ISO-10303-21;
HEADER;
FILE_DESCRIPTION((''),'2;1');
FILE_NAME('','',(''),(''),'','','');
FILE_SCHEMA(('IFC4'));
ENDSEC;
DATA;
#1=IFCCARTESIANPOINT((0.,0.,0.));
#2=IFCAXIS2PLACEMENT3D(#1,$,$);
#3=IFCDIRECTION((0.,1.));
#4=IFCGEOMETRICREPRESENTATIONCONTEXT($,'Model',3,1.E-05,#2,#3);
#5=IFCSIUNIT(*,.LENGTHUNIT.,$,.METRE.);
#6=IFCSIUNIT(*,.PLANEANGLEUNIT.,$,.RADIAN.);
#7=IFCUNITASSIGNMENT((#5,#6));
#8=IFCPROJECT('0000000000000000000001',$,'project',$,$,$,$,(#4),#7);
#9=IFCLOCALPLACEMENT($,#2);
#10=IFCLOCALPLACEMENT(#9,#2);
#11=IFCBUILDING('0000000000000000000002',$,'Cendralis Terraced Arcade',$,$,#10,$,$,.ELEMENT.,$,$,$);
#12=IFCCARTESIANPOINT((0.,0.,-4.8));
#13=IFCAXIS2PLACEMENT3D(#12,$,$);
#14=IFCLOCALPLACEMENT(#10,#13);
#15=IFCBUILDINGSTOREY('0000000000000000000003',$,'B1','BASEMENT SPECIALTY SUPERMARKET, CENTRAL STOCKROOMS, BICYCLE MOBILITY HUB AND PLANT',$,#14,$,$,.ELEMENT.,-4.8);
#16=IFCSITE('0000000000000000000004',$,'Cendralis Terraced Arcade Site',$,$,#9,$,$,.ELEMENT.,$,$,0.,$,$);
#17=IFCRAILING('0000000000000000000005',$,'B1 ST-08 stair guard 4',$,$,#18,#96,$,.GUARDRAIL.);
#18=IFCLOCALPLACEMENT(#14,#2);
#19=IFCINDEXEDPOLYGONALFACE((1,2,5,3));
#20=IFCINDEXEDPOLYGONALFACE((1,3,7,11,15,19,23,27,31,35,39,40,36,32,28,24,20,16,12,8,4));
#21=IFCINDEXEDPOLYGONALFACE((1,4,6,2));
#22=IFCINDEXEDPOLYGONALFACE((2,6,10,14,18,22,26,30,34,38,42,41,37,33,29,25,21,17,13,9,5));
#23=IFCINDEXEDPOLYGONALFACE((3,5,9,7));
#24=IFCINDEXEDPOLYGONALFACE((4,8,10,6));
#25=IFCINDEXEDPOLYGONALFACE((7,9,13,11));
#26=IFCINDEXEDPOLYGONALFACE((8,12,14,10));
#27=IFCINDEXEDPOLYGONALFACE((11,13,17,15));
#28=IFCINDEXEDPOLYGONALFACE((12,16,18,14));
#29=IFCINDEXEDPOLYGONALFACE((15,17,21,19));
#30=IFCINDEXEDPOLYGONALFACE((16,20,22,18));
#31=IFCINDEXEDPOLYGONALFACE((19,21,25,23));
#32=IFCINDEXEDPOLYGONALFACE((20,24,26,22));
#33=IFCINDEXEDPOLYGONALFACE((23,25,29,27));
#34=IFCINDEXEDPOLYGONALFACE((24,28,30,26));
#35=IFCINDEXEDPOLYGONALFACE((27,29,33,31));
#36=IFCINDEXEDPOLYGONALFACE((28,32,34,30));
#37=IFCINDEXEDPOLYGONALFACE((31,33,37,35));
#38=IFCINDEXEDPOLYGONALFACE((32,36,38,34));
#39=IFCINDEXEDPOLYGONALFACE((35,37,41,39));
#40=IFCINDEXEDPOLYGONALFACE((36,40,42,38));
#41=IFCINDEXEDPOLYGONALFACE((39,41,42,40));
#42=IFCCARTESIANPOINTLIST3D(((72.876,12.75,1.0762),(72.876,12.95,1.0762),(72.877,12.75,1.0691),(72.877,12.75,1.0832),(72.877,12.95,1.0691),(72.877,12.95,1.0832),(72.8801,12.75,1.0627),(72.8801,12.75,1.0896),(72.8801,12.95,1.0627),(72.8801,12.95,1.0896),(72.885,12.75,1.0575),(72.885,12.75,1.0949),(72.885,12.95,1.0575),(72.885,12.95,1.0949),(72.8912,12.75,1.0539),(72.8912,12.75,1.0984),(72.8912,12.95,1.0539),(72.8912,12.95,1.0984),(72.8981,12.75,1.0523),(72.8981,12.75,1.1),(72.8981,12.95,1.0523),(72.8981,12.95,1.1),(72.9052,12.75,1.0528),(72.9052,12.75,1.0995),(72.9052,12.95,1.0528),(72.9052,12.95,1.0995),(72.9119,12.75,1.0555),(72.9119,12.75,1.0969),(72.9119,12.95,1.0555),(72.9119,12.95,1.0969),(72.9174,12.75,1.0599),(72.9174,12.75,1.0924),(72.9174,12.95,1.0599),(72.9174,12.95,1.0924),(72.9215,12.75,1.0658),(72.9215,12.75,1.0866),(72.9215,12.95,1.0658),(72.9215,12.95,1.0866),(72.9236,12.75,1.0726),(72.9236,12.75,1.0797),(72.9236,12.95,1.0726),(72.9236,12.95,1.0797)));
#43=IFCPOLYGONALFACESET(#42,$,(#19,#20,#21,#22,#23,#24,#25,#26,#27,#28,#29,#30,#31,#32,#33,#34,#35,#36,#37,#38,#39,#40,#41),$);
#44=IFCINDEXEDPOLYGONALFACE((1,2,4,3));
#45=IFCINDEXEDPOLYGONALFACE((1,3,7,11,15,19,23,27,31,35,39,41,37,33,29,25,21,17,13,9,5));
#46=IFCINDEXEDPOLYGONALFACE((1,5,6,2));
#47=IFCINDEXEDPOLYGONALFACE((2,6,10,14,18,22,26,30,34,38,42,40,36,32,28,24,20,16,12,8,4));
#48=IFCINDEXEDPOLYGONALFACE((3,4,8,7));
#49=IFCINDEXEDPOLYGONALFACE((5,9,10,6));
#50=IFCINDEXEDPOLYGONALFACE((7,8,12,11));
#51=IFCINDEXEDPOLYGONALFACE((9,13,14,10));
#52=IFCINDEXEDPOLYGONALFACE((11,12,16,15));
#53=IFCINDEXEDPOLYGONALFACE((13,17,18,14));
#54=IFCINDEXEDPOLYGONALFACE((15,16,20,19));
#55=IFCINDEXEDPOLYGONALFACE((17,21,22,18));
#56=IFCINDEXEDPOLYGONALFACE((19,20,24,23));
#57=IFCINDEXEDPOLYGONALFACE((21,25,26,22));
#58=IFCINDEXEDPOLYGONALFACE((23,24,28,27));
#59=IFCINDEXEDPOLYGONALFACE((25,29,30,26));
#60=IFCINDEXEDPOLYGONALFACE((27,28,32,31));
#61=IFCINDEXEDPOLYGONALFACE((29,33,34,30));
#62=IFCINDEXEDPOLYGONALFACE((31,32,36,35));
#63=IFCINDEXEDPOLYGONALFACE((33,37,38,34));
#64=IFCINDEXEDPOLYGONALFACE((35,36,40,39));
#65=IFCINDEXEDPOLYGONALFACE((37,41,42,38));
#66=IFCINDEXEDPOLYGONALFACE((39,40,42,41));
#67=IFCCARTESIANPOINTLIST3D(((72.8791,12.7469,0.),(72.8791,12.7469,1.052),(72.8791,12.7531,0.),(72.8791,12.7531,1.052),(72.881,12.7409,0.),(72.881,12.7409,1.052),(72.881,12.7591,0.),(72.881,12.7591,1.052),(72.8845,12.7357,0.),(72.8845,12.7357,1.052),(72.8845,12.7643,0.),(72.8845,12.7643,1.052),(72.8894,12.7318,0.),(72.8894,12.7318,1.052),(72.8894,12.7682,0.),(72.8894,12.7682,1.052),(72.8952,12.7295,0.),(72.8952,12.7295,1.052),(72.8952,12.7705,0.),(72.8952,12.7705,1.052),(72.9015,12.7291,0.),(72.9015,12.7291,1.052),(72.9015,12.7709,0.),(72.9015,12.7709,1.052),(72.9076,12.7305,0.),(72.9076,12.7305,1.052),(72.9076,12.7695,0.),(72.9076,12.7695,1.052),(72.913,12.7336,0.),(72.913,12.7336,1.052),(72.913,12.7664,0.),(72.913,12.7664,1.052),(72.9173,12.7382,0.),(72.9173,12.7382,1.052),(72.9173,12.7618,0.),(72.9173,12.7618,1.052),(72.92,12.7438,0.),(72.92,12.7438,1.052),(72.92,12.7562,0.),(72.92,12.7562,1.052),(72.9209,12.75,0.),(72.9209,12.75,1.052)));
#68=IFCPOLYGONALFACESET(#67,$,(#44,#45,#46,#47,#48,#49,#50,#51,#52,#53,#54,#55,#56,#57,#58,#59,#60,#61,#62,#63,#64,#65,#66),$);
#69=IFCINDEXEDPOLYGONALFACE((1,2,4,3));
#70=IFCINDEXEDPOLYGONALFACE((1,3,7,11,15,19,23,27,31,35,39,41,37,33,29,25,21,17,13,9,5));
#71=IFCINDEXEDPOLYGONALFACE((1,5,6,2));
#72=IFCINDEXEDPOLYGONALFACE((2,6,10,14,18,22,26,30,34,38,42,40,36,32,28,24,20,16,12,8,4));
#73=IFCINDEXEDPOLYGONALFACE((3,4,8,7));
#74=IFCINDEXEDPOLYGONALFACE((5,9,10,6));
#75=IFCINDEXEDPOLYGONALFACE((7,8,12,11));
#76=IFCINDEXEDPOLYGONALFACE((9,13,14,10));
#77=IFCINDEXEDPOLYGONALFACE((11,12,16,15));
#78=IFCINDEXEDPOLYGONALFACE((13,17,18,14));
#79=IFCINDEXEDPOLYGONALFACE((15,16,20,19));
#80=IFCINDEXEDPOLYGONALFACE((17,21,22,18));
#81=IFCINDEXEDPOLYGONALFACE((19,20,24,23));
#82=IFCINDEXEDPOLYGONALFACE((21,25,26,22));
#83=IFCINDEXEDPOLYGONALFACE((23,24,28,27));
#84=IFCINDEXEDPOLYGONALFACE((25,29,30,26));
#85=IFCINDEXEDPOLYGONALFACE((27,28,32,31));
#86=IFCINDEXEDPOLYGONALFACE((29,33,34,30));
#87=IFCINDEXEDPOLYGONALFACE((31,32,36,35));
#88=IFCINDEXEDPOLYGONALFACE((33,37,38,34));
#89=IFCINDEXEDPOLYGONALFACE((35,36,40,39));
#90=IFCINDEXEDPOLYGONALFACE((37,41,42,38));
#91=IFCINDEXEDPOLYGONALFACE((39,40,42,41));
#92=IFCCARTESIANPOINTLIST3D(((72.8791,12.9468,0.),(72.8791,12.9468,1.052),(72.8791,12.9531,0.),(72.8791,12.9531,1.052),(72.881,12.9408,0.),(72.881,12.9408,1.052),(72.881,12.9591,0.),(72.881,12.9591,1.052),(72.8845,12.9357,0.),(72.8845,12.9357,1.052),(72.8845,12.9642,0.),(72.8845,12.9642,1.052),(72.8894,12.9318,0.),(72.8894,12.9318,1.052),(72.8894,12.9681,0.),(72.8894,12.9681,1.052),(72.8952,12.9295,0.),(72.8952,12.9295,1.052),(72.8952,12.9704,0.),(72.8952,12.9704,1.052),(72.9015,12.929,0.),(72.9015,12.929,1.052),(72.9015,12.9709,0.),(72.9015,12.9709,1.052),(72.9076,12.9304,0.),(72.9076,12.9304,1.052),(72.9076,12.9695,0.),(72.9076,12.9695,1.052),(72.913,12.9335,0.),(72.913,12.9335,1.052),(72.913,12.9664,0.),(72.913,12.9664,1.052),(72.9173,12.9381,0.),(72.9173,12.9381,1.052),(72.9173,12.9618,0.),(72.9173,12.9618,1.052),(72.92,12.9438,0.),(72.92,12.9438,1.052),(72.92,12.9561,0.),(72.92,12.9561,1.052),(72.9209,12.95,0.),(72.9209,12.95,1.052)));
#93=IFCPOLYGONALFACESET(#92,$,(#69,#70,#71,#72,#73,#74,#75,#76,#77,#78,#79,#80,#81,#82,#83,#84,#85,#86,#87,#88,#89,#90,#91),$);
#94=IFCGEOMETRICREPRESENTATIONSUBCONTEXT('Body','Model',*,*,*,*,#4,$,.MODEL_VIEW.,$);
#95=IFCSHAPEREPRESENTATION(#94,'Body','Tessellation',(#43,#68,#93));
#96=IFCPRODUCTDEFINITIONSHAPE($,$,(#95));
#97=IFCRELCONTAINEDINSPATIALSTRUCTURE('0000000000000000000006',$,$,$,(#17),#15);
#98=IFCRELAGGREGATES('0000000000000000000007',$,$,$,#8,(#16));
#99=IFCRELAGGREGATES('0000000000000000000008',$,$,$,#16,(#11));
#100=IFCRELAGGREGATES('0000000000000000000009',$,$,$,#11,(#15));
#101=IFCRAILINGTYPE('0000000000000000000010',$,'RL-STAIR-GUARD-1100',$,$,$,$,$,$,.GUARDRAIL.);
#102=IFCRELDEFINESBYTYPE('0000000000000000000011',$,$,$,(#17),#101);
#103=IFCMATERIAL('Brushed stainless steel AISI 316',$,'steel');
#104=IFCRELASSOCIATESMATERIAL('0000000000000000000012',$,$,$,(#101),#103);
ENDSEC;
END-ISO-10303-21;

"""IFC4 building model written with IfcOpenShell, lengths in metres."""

from ifc_helpers import new_model, si_unit, direction, frame, origin, origin_2d, place, context, subcontext, project, spatial, circle, extrude, material, type_object, element, save


model = new_model("IFC4")

# Units and contexts
model_context = context("Model", 3, precision=1e-05, world=origin(), true_north=direction((0.0, 1.0)))
body_context = subcontext(model_context, "Body", "Model", "MODEL_VIEW")
ifc_project = project(units=[si_unit("LENGTHUNIT", "METRE"), si_unit("PLANEANGLEUNIT", "RADIAN")], contexts=[model_context])

# Site, building, storey
site_placement = place(None, origin())
site = spatial("IfcSite", under=ifc_project, at=site_placement, Name="Cendralis Terraced Arcade Site", CompositionType="ELEMENT", RefElevation=0.0)
building_placement = place(site_placement, origin())
building = spatial("IfcBuilding", under=site, at=building_placement, Name="Cendralis Terraced Arcade", CompositionType="ELEMENT")
storey_placement = place(building_placement, frame((0.0, 0.0, -4.8)))
storey = spatial("IfcBuildingStorey", under=building, at=storey_placement, Name="B1", Description="BASEMENT SPECIALTY SUPERMARKET, CENTRAL STOCKROOMS, BICYCLE MOBILITY HUB AND PLANT", CompositionType="ELEMENT", Elevation=-4.8)

# Railing
ifc_material_1 = material(Name="Brushed stainless steel AISI 316", Category="steel")
railing_type_1 = type_object("IfcRailingType", Name="RL-STAIR-GUARD-1100", PredefinedType="GUARDRAIL", material=ifc_material_1)
railing_1_placement = place(storey_placement, frame((72.8999, 12.75, 0.0)))
element("IfcRailing", 1, at=railing_1_placement, inside=storey, type_object=railing_type_1, Name="B1 ST-08 stair guard 4", PredefinedType="GUARDRAIL", context=body_context, shape_type="SweptSolid", body=[
    extrude(circle(Radius=0.0239, at=origin_2d()), frame((0.0, 0.0, 1.0762), z_axis=(0.0, 1.0, 0.0), x_axis=(-1.0, 0.0, 0.0)), (0.0, 0.0, 1.0), 0.2),
    extrude(circle(Radius=0.021, at=origin_2d()), origin(), (0.0, 0.0, 1.0), 1.052),
    extrude(circle(Radius=0.021, at=origin_2d()), frame((0.0, 0.2, 0.0)), (0.0, 0.0, 1.0), 1.052),
])

save(model, "model.ifc")
